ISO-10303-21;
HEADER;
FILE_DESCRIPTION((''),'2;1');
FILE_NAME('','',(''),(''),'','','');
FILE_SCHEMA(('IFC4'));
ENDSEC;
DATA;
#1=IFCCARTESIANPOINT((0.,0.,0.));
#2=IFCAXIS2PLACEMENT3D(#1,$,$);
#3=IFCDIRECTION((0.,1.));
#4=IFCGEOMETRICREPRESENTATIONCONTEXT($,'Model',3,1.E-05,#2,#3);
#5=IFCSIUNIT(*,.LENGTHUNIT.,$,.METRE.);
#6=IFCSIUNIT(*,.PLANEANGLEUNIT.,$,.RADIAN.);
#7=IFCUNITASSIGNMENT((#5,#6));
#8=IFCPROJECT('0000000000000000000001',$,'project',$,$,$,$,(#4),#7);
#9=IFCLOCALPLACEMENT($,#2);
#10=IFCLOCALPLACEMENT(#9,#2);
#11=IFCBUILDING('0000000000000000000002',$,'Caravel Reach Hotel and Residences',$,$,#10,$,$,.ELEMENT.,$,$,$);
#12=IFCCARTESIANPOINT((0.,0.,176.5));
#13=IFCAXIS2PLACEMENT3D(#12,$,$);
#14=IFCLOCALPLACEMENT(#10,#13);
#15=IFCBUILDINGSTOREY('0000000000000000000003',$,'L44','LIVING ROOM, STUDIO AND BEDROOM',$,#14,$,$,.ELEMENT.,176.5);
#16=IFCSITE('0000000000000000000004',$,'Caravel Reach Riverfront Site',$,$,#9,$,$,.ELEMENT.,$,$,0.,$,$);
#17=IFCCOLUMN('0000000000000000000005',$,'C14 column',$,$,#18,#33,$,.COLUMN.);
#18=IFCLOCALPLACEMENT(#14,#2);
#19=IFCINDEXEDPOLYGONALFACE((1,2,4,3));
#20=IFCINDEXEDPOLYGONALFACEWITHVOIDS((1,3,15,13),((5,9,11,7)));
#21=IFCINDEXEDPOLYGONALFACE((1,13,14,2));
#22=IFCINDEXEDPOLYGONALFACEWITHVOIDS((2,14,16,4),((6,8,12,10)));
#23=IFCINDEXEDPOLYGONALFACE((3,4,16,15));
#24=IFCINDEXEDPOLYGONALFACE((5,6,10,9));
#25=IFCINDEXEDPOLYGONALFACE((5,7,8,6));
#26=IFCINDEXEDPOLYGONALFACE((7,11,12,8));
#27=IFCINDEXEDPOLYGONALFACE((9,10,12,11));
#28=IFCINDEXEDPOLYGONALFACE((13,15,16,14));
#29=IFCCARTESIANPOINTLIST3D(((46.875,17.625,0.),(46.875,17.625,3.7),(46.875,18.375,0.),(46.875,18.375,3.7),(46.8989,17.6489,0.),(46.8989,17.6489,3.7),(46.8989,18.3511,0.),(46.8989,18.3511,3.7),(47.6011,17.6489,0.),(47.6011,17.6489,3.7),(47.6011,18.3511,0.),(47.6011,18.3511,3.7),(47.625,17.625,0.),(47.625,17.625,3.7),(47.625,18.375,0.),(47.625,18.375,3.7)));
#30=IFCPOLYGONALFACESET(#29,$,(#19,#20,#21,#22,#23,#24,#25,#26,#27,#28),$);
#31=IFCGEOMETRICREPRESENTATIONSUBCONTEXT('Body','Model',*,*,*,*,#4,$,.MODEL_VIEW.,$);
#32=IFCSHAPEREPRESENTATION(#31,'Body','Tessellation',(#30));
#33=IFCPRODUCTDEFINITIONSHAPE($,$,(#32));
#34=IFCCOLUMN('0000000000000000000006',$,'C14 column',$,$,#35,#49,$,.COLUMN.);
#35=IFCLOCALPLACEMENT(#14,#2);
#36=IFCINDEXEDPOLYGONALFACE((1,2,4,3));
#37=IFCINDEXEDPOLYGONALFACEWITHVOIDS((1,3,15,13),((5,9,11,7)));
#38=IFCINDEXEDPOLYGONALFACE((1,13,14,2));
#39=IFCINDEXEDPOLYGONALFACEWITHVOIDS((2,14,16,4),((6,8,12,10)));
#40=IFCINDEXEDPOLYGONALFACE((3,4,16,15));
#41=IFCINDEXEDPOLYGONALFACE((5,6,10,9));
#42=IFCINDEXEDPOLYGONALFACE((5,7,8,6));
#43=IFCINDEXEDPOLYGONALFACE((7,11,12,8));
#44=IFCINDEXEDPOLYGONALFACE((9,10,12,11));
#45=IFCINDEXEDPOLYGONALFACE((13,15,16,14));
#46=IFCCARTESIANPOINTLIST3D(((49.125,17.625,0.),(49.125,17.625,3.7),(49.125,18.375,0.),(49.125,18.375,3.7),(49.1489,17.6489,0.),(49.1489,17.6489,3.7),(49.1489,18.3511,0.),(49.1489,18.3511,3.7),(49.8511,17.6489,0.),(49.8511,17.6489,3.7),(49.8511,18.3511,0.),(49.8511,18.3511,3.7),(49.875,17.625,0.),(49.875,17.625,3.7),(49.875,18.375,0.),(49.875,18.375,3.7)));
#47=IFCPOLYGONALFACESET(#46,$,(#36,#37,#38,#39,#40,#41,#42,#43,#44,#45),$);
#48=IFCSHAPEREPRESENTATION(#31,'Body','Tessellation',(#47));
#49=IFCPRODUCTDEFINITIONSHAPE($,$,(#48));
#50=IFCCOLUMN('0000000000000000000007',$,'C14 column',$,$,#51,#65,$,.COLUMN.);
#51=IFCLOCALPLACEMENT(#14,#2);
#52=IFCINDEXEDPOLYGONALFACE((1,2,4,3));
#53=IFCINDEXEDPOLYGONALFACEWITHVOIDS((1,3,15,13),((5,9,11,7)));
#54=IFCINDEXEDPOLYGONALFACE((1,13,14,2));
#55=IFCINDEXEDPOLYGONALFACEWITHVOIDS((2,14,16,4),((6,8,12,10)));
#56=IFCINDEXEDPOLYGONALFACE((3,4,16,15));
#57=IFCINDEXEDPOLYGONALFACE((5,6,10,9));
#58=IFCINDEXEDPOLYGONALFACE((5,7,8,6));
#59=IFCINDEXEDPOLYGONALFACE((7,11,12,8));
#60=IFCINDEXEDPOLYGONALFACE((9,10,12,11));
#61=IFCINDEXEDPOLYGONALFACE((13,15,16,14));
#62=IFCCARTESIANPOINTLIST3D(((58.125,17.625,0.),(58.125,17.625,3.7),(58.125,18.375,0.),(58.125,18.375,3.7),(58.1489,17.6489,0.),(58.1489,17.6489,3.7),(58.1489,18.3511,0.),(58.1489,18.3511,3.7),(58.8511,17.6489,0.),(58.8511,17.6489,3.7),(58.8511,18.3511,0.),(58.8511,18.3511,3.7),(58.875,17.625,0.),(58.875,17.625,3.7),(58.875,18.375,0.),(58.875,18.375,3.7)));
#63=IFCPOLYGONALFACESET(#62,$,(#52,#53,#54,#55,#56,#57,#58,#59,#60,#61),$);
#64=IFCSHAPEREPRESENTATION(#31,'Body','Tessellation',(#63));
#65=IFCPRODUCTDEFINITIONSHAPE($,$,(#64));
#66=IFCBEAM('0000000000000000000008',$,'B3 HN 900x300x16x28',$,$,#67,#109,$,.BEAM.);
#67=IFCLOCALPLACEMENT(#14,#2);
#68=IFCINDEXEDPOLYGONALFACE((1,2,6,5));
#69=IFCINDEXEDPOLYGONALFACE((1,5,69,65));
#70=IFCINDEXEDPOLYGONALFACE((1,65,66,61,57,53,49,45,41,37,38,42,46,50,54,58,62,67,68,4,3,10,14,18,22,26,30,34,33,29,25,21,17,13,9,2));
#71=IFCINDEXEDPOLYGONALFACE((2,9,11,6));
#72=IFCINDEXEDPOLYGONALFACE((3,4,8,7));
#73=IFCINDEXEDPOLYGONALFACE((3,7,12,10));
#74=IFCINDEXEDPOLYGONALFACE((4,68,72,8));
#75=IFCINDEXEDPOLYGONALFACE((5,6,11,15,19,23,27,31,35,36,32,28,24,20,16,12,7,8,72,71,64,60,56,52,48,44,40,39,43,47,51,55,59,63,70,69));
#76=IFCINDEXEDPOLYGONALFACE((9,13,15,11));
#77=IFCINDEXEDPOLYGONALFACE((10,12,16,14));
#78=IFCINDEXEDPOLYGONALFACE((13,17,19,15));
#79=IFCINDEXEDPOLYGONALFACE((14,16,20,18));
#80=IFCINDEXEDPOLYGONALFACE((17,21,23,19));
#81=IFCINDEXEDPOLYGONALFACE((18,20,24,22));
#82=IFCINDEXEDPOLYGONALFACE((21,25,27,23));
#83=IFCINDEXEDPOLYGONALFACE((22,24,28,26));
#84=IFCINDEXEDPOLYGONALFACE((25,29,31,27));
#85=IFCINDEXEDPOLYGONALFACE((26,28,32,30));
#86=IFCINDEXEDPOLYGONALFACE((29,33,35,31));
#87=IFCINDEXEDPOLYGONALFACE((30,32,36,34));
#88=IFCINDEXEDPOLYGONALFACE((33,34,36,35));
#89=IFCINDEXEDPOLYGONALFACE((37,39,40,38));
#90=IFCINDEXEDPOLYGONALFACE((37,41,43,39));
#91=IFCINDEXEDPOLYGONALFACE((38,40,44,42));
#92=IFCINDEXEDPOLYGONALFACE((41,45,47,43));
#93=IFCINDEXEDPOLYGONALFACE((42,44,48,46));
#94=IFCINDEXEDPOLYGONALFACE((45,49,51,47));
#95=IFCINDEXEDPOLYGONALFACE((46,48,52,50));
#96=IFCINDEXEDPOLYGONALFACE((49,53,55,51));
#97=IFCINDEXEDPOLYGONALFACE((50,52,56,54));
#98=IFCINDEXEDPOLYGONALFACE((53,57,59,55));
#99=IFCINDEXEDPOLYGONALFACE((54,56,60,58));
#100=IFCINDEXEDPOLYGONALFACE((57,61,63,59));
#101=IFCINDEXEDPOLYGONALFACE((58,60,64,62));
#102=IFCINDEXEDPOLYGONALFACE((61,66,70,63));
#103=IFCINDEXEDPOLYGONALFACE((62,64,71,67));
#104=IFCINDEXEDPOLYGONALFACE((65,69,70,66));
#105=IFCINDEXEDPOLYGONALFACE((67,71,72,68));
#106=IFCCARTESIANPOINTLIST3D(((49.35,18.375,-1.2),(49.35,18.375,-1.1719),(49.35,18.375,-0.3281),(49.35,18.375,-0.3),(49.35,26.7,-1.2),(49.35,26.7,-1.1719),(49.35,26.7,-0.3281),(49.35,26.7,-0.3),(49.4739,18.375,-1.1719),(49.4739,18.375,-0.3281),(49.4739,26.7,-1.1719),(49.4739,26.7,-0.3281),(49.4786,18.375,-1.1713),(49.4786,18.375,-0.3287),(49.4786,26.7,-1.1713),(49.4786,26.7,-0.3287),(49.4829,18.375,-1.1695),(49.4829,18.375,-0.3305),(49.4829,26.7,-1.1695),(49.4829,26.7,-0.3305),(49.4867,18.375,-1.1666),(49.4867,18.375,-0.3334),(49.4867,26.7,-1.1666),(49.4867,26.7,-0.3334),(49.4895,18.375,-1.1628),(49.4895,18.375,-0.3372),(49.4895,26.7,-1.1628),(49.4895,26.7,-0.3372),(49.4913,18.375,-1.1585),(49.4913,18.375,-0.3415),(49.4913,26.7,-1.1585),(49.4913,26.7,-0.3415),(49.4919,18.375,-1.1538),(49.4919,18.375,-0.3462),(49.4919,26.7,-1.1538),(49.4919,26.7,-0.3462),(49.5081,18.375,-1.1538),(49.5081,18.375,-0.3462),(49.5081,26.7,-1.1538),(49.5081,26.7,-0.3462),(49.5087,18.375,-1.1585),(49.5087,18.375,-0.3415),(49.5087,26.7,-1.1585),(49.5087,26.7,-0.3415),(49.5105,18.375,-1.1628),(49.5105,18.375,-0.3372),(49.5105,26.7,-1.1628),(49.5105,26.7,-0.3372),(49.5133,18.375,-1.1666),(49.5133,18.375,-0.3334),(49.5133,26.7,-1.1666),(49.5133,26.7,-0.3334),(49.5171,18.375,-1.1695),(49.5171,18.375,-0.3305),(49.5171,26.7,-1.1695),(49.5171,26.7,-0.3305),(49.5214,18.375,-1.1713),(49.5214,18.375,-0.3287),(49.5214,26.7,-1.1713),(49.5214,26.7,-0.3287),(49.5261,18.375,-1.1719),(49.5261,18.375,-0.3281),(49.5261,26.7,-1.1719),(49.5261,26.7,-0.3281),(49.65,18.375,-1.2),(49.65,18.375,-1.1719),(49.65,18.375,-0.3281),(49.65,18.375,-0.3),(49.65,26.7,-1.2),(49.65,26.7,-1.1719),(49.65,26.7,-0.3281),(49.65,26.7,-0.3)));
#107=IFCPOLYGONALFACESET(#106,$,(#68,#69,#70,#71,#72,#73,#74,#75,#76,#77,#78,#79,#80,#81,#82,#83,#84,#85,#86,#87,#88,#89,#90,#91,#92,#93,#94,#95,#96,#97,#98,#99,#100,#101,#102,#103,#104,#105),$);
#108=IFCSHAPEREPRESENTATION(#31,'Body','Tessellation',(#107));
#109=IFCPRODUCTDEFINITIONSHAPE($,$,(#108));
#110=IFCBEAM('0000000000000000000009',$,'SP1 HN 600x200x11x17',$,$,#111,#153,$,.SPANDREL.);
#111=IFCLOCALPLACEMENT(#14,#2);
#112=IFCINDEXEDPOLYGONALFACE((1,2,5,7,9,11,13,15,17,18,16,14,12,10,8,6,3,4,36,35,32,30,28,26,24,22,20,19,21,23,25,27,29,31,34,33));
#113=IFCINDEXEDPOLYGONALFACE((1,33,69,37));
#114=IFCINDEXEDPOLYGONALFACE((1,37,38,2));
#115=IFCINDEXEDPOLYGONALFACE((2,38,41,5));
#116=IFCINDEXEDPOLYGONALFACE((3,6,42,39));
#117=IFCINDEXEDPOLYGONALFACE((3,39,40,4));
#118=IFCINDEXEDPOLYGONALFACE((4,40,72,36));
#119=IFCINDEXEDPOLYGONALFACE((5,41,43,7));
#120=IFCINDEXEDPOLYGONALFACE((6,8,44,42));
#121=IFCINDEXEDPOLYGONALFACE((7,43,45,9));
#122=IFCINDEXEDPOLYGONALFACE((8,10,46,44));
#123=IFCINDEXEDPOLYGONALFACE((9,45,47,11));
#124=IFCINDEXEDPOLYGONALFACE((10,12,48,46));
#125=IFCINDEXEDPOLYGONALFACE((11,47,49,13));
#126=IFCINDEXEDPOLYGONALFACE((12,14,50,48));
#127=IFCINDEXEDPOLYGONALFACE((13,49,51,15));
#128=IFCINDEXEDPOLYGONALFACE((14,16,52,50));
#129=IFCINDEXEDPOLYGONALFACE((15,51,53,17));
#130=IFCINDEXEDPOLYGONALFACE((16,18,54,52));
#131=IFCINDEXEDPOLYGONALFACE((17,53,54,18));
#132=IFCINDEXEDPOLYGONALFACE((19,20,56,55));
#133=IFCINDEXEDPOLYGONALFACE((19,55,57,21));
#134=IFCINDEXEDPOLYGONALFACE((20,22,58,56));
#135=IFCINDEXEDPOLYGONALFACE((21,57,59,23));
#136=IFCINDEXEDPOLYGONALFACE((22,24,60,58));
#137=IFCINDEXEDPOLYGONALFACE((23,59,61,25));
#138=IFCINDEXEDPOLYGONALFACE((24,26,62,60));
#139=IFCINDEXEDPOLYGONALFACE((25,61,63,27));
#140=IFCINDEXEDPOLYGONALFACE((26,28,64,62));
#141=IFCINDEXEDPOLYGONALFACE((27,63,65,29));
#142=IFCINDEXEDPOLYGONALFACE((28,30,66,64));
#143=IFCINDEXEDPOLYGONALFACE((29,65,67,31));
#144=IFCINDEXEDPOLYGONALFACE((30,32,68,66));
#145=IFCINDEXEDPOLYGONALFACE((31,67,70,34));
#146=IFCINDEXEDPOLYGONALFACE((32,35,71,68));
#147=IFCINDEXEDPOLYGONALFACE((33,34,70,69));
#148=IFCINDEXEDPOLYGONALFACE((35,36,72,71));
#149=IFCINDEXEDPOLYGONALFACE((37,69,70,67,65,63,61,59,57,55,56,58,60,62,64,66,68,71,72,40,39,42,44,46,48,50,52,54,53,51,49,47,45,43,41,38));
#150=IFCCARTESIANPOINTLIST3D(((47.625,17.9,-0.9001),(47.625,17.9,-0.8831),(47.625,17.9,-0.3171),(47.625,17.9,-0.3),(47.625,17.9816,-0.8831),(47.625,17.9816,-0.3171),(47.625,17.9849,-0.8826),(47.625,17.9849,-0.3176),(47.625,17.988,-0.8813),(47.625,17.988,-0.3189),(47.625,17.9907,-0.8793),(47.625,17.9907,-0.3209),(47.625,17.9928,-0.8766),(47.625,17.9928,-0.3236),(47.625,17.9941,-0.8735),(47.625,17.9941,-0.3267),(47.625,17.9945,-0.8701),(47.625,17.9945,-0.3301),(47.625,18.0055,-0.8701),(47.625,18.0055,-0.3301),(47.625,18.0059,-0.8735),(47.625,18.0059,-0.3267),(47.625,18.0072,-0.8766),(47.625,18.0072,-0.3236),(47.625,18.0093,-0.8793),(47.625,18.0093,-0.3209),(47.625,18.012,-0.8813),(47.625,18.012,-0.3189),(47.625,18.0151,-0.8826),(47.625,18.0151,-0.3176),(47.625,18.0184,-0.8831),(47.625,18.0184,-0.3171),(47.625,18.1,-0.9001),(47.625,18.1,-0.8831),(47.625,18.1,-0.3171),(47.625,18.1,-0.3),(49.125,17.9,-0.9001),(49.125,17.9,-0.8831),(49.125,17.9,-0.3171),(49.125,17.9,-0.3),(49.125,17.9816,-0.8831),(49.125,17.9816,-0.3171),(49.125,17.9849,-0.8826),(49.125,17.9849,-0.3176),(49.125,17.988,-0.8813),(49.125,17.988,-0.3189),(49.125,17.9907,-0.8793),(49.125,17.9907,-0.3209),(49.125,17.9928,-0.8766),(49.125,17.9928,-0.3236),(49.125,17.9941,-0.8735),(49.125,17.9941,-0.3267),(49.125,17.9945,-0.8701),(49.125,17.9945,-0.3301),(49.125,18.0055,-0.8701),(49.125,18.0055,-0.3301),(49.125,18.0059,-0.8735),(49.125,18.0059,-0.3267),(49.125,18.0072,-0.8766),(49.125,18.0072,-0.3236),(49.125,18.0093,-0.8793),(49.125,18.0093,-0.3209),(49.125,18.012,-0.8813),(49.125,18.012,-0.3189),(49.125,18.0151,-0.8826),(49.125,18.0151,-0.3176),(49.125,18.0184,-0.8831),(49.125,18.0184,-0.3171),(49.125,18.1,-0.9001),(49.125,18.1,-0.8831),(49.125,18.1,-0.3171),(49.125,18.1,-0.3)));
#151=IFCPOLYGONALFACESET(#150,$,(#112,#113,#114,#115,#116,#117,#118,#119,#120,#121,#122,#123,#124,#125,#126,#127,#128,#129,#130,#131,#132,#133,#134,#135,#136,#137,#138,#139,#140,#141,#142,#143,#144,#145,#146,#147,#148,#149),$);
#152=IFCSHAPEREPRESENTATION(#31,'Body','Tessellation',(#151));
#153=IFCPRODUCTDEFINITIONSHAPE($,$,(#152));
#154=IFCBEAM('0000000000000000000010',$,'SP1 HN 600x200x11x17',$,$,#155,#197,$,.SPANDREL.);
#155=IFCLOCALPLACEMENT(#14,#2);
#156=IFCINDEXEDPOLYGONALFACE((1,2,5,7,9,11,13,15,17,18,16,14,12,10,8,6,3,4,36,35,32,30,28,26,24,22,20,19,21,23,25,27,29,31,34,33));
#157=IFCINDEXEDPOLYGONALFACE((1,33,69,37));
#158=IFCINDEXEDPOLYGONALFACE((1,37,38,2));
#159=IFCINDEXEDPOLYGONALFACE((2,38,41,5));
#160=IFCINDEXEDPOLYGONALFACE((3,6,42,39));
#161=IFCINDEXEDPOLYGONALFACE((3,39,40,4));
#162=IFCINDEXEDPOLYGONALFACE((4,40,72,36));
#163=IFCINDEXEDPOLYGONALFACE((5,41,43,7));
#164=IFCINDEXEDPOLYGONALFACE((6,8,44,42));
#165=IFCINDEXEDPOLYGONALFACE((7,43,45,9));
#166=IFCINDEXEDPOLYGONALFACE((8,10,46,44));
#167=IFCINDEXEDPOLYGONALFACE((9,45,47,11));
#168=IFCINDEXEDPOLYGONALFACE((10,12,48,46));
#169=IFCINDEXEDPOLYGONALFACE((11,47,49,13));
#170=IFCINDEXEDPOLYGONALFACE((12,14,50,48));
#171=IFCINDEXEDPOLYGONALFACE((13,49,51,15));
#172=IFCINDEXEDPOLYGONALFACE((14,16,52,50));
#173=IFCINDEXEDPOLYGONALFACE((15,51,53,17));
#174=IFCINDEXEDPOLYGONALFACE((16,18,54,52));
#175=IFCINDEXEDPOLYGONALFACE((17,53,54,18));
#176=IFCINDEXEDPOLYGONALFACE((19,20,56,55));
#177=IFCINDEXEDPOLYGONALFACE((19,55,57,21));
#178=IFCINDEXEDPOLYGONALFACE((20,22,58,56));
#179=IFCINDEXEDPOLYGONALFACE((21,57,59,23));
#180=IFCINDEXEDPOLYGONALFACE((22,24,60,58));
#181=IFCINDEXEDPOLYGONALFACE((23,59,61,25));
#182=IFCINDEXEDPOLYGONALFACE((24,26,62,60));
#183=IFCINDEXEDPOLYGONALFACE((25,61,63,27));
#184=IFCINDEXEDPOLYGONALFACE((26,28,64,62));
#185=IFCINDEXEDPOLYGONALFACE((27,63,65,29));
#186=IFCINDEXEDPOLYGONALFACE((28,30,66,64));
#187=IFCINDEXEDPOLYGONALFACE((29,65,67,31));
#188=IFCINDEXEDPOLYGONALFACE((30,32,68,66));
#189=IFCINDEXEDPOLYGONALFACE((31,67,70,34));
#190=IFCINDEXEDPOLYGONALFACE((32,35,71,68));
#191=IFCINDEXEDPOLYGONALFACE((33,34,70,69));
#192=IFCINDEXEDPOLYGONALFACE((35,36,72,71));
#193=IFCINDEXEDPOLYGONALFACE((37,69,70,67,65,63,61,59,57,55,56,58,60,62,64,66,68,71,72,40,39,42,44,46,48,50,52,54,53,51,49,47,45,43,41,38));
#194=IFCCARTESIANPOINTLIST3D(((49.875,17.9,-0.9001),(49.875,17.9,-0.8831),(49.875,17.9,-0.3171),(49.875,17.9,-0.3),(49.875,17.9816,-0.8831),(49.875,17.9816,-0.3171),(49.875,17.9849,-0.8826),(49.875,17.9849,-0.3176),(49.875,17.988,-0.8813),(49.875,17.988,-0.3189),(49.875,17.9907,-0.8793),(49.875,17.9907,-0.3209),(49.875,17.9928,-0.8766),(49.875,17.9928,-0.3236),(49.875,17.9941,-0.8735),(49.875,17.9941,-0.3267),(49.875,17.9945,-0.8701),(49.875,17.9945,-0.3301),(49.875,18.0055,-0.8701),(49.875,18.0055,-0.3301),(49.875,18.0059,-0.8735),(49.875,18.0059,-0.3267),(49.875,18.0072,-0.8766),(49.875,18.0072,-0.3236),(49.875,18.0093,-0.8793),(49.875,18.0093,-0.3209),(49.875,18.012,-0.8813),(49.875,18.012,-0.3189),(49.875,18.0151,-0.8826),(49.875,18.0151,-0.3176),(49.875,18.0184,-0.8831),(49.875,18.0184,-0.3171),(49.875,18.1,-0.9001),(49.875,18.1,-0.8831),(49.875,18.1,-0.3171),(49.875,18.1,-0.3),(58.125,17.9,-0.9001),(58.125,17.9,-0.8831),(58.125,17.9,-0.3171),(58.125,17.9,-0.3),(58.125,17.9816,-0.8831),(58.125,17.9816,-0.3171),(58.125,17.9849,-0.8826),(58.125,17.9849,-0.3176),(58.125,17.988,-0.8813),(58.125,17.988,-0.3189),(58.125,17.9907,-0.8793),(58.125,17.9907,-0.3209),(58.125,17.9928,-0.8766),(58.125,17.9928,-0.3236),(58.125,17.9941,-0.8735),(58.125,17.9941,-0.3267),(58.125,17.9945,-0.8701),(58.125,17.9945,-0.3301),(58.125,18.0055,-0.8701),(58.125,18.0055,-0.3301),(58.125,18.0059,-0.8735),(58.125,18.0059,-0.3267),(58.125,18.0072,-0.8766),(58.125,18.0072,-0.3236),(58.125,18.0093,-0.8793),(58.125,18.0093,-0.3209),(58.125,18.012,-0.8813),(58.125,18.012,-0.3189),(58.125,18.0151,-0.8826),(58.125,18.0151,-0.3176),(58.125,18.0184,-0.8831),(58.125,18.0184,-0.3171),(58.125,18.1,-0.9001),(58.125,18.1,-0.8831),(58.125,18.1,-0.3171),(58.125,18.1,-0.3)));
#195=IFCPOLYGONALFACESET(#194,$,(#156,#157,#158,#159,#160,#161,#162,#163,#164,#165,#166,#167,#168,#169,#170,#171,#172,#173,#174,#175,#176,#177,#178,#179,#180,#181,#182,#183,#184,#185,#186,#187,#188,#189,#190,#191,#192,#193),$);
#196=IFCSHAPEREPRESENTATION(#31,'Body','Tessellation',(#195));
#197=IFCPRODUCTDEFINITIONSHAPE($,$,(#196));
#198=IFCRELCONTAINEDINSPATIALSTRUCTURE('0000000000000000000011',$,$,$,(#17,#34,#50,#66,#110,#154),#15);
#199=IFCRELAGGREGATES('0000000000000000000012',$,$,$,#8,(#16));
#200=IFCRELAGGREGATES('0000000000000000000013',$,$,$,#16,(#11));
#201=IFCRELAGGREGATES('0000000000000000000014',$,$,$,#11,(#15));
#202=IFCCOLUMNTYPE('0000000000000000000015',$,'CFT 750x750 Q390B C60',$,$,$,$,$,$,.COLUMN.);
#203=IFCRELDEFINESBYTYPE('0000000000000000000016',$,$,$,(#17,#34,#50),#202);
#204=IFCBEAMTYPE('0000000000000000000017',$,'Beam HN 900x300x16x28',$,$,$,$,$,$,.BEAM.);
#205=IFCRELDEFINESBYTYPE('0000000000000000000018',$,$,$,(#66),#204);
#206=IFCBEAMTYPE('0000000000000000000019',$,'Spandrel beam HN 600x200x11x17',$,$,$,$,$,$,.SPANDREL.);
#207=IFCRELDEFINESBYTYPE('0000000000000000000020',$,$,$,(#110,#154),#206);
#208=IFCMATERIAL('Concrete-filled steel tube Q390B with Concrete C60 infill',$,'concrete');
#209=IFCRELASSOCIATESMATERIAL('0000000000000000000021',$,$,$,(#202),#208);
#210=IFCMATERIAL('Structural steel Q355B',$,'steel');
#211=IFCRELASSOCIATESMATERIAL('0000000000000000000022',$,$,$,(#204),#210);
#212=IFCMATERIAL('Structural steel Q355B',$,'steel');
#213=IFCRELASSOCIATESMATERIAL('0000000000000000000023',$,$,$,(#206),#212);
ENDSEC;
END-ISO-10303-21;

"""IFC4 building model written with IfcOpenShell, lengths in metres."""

from ifc_helpers import new_model, si_unit, direction, frame, origin, origin_2d, place, context, subcontext, project, spatial, hollow_rectangle, i_section, extrude, material, material_profile, profile_set, type_object, element, save


model = new_model("IFC4")

# Units and contexts
model_context = context("Model", 3, precision=1e-05, world=origin(), true_north=direction((0.0, 1.0)))
body_context = subcontext(model_context, "Body", "Model", "MODEL_VIEW")
ifc_project = project(units=[si_unit("LENGTHUNIT", "METRE"), si_unit("PLANEANGLEUNIT", "RADIAN")], contexts=[model_context])

# Site, building, storey
site_placement = place(None, origin())
site = spatial("IfcSite", under=ifc_project, at=site_placement, Name="Caravel Reach Riverfront Site", CompositionType="ELEMENT", RefElevation=0.0)
building_placement = place(site_placement, origin())
building = spatial("IfcBuilding", under=site, at=building_placement, Name="Caravel Reach Hotel and Residences", CompositionType="ELEMENT")
storey_placement = place(building_placement, frame((0.0, 0.0, 176.5)))
storey = spatial("IfcBuildingStorey", under=building, at=storey_placement, Name="L44", Description="LIVING ROOM, STUDIO AND BEDROOM", CompositionType="ELEMENT", Elevation=176.5)

# Columns
ifc_material_1 = material(Name="Concrete-filled steel tube Q390B with Concrete C60 infill", Category="concrete")
ifc_material_profile_1 = material_profile(ifc_material_1, hollow_rectangle(XDim=0.75, YDim=0.75, WallThickness=0.0239, at=origin_2d()), Name="RHS 750x750x24")
ifc_profile_set_1 = profile_set([ifc_material_profile_1], Name="Concrete-filled steel tube Q390B with Concrete C60 infill")
column_type = type_object("IfcColumnType", Name="CFT 750x750 Q390B C60", PredefinedType="COLUMN", material=ifc_profile_set_1)
for number, where, z_axis, x_axis, name in (
    (1, (47.25, 18.0, 0.0), (0.0, 0.0, 1.0), (1.0, 0.0, 0.0), "C14 column"),
    (2, (49.5, 18.0, 0.0), (0.0, 0.0, 1.0), (1.0, 0.0, 0.0), "C14 column"),
    (3, (58.5, 18.0, 0.0), (0.0, 0.0, 1.0), (1.0, 0.0, 0.0), "C14 column"),
):
    element("IfcColumn", number, at=place(storey_placement, frame(where, z_axis=z_axis, x_axis=x_axis)), inside=storey, type_object=column_type, Name=name, PredefinedType="COLUMN", context=body_context, shape_type="SweptSolid", body=[
        extrude(hollow_rectangle(XDim=0.75, YDim=0.75, WallThickness=0.0239, at=origin_2d()), origin(), (0.0, 0.0, 1.0), 3.7),
    ])

# Beams
ifc_material_2 = material(Name="Structural steel Q355B", Category="steel")
ifc_material_profile_2 = material_profile(ifc_material_2, i_section(OverallWidth=0.3, OverallDepth=0.8999, WebThickness=0.0161, FlangeThickness=0.0281, FilletRadius=0.0181, at=origin_2d()), Name="HN 900x300x16x28")
ifc_profile_set_2 = profile_set([ifc_material_profile_2], Name="Structural steel Q355B")
beam_type_1 = type_object("IfcBeamType", Name="Beam HN 900x300x16x28", PredefinedType="BEAM", material=ifc_profile_set_2)
beam_1_placement = place(storey_placement, frame((49.5, 18.375, -0.75), z_axis=(0.0, 1.0, 0.0), x_axis=(-1.0, 0.0, 0.0)))
element("IfcBeam", 4, at=beam_1_placement, inside=storey, type_object=beam_type_1, Name="B3 HN 900x300x16x28", PredefinedType="BEAM", context=body_context, shape_type="SweptSolid", body=[
    extrude(i_section(OverallWidth=0.3, OverallDepth=0.8999, WebThickness=0.0161, FlangeThickness=0.0281, FilletRadius=0.0181, at=origin_2d()), origin(), (0.0, 0.0, 1.0), 8.325),
])
ifc_material_3 = material(Name="Structural steel Q355B", Category="steel")
ifc_material_profile_3 = material_profile(ifc_material_3, i_section(OverallWidth=0.2, OverallDepth=0.6001, WebThickness=0.011, FlangeThickness=0.0171, FilletRadius=0.0129, at=origin_2d()), Name="HN 600x200x11x17")
ifc_profile_set_3 = profile_set([ifc_material_profile_3], Name="Structural steel Q355B")
beam_type_2 = type_object("IfcBeamType", Name="Spandrel beam HN 600x200x11x17", PredefinedType="SPANDREL", material=ifc_profile_set_3)
beam_2_placement = place(storey_placement, frame((47.625, 18.0, -0.6001), z_axis=(1.0, 0.0, 0.0), x_axis=(0.0, 1.0, 0.0)))
element("IfcBeam", 5, at=beam_2_placement, inside=storey, type_object=beam_type_2, Name="SP1 HN 600x200x11x17", PredefinedType="SPANDREL", context=body_context, shape_type="SweptSolid", body=[
    extrude(i_section(OverallWidth=0.2, OverallDepth=0.6001, WebThickness=0.011, FlangeThickness=0.0171, FilletRadius=0.0129, at=origin_2d()), origin(), (0.0, 0.0, 1.0), 1.5),
])
beam_3_placement = place(storey_placement, frame((49.875, 18.0, -0.6001), z_axis=(1.0, 0.0, 0.0), x_axis=(0.0, 1.0, 0.0)))
element("IfcBeam", 6, at=beam_3_placement, inside=storey, type_object=beam_type_2, Name="SP1 HN 600x200x11x17", PredefinedType="SPANDREL", context=body_context, shape_type="SweptSolid", body=[
    extrude(i_section(OverallWidth=0.2, OverallDepth=0.6001, WebThickness=0.011, FlangeThickness=0.0171, FilletRadius=0.0129, at=origin_2d()), origin(), (0.0, 0.0, 1.0), 8.25),
])

save(model, "model.ifc")
